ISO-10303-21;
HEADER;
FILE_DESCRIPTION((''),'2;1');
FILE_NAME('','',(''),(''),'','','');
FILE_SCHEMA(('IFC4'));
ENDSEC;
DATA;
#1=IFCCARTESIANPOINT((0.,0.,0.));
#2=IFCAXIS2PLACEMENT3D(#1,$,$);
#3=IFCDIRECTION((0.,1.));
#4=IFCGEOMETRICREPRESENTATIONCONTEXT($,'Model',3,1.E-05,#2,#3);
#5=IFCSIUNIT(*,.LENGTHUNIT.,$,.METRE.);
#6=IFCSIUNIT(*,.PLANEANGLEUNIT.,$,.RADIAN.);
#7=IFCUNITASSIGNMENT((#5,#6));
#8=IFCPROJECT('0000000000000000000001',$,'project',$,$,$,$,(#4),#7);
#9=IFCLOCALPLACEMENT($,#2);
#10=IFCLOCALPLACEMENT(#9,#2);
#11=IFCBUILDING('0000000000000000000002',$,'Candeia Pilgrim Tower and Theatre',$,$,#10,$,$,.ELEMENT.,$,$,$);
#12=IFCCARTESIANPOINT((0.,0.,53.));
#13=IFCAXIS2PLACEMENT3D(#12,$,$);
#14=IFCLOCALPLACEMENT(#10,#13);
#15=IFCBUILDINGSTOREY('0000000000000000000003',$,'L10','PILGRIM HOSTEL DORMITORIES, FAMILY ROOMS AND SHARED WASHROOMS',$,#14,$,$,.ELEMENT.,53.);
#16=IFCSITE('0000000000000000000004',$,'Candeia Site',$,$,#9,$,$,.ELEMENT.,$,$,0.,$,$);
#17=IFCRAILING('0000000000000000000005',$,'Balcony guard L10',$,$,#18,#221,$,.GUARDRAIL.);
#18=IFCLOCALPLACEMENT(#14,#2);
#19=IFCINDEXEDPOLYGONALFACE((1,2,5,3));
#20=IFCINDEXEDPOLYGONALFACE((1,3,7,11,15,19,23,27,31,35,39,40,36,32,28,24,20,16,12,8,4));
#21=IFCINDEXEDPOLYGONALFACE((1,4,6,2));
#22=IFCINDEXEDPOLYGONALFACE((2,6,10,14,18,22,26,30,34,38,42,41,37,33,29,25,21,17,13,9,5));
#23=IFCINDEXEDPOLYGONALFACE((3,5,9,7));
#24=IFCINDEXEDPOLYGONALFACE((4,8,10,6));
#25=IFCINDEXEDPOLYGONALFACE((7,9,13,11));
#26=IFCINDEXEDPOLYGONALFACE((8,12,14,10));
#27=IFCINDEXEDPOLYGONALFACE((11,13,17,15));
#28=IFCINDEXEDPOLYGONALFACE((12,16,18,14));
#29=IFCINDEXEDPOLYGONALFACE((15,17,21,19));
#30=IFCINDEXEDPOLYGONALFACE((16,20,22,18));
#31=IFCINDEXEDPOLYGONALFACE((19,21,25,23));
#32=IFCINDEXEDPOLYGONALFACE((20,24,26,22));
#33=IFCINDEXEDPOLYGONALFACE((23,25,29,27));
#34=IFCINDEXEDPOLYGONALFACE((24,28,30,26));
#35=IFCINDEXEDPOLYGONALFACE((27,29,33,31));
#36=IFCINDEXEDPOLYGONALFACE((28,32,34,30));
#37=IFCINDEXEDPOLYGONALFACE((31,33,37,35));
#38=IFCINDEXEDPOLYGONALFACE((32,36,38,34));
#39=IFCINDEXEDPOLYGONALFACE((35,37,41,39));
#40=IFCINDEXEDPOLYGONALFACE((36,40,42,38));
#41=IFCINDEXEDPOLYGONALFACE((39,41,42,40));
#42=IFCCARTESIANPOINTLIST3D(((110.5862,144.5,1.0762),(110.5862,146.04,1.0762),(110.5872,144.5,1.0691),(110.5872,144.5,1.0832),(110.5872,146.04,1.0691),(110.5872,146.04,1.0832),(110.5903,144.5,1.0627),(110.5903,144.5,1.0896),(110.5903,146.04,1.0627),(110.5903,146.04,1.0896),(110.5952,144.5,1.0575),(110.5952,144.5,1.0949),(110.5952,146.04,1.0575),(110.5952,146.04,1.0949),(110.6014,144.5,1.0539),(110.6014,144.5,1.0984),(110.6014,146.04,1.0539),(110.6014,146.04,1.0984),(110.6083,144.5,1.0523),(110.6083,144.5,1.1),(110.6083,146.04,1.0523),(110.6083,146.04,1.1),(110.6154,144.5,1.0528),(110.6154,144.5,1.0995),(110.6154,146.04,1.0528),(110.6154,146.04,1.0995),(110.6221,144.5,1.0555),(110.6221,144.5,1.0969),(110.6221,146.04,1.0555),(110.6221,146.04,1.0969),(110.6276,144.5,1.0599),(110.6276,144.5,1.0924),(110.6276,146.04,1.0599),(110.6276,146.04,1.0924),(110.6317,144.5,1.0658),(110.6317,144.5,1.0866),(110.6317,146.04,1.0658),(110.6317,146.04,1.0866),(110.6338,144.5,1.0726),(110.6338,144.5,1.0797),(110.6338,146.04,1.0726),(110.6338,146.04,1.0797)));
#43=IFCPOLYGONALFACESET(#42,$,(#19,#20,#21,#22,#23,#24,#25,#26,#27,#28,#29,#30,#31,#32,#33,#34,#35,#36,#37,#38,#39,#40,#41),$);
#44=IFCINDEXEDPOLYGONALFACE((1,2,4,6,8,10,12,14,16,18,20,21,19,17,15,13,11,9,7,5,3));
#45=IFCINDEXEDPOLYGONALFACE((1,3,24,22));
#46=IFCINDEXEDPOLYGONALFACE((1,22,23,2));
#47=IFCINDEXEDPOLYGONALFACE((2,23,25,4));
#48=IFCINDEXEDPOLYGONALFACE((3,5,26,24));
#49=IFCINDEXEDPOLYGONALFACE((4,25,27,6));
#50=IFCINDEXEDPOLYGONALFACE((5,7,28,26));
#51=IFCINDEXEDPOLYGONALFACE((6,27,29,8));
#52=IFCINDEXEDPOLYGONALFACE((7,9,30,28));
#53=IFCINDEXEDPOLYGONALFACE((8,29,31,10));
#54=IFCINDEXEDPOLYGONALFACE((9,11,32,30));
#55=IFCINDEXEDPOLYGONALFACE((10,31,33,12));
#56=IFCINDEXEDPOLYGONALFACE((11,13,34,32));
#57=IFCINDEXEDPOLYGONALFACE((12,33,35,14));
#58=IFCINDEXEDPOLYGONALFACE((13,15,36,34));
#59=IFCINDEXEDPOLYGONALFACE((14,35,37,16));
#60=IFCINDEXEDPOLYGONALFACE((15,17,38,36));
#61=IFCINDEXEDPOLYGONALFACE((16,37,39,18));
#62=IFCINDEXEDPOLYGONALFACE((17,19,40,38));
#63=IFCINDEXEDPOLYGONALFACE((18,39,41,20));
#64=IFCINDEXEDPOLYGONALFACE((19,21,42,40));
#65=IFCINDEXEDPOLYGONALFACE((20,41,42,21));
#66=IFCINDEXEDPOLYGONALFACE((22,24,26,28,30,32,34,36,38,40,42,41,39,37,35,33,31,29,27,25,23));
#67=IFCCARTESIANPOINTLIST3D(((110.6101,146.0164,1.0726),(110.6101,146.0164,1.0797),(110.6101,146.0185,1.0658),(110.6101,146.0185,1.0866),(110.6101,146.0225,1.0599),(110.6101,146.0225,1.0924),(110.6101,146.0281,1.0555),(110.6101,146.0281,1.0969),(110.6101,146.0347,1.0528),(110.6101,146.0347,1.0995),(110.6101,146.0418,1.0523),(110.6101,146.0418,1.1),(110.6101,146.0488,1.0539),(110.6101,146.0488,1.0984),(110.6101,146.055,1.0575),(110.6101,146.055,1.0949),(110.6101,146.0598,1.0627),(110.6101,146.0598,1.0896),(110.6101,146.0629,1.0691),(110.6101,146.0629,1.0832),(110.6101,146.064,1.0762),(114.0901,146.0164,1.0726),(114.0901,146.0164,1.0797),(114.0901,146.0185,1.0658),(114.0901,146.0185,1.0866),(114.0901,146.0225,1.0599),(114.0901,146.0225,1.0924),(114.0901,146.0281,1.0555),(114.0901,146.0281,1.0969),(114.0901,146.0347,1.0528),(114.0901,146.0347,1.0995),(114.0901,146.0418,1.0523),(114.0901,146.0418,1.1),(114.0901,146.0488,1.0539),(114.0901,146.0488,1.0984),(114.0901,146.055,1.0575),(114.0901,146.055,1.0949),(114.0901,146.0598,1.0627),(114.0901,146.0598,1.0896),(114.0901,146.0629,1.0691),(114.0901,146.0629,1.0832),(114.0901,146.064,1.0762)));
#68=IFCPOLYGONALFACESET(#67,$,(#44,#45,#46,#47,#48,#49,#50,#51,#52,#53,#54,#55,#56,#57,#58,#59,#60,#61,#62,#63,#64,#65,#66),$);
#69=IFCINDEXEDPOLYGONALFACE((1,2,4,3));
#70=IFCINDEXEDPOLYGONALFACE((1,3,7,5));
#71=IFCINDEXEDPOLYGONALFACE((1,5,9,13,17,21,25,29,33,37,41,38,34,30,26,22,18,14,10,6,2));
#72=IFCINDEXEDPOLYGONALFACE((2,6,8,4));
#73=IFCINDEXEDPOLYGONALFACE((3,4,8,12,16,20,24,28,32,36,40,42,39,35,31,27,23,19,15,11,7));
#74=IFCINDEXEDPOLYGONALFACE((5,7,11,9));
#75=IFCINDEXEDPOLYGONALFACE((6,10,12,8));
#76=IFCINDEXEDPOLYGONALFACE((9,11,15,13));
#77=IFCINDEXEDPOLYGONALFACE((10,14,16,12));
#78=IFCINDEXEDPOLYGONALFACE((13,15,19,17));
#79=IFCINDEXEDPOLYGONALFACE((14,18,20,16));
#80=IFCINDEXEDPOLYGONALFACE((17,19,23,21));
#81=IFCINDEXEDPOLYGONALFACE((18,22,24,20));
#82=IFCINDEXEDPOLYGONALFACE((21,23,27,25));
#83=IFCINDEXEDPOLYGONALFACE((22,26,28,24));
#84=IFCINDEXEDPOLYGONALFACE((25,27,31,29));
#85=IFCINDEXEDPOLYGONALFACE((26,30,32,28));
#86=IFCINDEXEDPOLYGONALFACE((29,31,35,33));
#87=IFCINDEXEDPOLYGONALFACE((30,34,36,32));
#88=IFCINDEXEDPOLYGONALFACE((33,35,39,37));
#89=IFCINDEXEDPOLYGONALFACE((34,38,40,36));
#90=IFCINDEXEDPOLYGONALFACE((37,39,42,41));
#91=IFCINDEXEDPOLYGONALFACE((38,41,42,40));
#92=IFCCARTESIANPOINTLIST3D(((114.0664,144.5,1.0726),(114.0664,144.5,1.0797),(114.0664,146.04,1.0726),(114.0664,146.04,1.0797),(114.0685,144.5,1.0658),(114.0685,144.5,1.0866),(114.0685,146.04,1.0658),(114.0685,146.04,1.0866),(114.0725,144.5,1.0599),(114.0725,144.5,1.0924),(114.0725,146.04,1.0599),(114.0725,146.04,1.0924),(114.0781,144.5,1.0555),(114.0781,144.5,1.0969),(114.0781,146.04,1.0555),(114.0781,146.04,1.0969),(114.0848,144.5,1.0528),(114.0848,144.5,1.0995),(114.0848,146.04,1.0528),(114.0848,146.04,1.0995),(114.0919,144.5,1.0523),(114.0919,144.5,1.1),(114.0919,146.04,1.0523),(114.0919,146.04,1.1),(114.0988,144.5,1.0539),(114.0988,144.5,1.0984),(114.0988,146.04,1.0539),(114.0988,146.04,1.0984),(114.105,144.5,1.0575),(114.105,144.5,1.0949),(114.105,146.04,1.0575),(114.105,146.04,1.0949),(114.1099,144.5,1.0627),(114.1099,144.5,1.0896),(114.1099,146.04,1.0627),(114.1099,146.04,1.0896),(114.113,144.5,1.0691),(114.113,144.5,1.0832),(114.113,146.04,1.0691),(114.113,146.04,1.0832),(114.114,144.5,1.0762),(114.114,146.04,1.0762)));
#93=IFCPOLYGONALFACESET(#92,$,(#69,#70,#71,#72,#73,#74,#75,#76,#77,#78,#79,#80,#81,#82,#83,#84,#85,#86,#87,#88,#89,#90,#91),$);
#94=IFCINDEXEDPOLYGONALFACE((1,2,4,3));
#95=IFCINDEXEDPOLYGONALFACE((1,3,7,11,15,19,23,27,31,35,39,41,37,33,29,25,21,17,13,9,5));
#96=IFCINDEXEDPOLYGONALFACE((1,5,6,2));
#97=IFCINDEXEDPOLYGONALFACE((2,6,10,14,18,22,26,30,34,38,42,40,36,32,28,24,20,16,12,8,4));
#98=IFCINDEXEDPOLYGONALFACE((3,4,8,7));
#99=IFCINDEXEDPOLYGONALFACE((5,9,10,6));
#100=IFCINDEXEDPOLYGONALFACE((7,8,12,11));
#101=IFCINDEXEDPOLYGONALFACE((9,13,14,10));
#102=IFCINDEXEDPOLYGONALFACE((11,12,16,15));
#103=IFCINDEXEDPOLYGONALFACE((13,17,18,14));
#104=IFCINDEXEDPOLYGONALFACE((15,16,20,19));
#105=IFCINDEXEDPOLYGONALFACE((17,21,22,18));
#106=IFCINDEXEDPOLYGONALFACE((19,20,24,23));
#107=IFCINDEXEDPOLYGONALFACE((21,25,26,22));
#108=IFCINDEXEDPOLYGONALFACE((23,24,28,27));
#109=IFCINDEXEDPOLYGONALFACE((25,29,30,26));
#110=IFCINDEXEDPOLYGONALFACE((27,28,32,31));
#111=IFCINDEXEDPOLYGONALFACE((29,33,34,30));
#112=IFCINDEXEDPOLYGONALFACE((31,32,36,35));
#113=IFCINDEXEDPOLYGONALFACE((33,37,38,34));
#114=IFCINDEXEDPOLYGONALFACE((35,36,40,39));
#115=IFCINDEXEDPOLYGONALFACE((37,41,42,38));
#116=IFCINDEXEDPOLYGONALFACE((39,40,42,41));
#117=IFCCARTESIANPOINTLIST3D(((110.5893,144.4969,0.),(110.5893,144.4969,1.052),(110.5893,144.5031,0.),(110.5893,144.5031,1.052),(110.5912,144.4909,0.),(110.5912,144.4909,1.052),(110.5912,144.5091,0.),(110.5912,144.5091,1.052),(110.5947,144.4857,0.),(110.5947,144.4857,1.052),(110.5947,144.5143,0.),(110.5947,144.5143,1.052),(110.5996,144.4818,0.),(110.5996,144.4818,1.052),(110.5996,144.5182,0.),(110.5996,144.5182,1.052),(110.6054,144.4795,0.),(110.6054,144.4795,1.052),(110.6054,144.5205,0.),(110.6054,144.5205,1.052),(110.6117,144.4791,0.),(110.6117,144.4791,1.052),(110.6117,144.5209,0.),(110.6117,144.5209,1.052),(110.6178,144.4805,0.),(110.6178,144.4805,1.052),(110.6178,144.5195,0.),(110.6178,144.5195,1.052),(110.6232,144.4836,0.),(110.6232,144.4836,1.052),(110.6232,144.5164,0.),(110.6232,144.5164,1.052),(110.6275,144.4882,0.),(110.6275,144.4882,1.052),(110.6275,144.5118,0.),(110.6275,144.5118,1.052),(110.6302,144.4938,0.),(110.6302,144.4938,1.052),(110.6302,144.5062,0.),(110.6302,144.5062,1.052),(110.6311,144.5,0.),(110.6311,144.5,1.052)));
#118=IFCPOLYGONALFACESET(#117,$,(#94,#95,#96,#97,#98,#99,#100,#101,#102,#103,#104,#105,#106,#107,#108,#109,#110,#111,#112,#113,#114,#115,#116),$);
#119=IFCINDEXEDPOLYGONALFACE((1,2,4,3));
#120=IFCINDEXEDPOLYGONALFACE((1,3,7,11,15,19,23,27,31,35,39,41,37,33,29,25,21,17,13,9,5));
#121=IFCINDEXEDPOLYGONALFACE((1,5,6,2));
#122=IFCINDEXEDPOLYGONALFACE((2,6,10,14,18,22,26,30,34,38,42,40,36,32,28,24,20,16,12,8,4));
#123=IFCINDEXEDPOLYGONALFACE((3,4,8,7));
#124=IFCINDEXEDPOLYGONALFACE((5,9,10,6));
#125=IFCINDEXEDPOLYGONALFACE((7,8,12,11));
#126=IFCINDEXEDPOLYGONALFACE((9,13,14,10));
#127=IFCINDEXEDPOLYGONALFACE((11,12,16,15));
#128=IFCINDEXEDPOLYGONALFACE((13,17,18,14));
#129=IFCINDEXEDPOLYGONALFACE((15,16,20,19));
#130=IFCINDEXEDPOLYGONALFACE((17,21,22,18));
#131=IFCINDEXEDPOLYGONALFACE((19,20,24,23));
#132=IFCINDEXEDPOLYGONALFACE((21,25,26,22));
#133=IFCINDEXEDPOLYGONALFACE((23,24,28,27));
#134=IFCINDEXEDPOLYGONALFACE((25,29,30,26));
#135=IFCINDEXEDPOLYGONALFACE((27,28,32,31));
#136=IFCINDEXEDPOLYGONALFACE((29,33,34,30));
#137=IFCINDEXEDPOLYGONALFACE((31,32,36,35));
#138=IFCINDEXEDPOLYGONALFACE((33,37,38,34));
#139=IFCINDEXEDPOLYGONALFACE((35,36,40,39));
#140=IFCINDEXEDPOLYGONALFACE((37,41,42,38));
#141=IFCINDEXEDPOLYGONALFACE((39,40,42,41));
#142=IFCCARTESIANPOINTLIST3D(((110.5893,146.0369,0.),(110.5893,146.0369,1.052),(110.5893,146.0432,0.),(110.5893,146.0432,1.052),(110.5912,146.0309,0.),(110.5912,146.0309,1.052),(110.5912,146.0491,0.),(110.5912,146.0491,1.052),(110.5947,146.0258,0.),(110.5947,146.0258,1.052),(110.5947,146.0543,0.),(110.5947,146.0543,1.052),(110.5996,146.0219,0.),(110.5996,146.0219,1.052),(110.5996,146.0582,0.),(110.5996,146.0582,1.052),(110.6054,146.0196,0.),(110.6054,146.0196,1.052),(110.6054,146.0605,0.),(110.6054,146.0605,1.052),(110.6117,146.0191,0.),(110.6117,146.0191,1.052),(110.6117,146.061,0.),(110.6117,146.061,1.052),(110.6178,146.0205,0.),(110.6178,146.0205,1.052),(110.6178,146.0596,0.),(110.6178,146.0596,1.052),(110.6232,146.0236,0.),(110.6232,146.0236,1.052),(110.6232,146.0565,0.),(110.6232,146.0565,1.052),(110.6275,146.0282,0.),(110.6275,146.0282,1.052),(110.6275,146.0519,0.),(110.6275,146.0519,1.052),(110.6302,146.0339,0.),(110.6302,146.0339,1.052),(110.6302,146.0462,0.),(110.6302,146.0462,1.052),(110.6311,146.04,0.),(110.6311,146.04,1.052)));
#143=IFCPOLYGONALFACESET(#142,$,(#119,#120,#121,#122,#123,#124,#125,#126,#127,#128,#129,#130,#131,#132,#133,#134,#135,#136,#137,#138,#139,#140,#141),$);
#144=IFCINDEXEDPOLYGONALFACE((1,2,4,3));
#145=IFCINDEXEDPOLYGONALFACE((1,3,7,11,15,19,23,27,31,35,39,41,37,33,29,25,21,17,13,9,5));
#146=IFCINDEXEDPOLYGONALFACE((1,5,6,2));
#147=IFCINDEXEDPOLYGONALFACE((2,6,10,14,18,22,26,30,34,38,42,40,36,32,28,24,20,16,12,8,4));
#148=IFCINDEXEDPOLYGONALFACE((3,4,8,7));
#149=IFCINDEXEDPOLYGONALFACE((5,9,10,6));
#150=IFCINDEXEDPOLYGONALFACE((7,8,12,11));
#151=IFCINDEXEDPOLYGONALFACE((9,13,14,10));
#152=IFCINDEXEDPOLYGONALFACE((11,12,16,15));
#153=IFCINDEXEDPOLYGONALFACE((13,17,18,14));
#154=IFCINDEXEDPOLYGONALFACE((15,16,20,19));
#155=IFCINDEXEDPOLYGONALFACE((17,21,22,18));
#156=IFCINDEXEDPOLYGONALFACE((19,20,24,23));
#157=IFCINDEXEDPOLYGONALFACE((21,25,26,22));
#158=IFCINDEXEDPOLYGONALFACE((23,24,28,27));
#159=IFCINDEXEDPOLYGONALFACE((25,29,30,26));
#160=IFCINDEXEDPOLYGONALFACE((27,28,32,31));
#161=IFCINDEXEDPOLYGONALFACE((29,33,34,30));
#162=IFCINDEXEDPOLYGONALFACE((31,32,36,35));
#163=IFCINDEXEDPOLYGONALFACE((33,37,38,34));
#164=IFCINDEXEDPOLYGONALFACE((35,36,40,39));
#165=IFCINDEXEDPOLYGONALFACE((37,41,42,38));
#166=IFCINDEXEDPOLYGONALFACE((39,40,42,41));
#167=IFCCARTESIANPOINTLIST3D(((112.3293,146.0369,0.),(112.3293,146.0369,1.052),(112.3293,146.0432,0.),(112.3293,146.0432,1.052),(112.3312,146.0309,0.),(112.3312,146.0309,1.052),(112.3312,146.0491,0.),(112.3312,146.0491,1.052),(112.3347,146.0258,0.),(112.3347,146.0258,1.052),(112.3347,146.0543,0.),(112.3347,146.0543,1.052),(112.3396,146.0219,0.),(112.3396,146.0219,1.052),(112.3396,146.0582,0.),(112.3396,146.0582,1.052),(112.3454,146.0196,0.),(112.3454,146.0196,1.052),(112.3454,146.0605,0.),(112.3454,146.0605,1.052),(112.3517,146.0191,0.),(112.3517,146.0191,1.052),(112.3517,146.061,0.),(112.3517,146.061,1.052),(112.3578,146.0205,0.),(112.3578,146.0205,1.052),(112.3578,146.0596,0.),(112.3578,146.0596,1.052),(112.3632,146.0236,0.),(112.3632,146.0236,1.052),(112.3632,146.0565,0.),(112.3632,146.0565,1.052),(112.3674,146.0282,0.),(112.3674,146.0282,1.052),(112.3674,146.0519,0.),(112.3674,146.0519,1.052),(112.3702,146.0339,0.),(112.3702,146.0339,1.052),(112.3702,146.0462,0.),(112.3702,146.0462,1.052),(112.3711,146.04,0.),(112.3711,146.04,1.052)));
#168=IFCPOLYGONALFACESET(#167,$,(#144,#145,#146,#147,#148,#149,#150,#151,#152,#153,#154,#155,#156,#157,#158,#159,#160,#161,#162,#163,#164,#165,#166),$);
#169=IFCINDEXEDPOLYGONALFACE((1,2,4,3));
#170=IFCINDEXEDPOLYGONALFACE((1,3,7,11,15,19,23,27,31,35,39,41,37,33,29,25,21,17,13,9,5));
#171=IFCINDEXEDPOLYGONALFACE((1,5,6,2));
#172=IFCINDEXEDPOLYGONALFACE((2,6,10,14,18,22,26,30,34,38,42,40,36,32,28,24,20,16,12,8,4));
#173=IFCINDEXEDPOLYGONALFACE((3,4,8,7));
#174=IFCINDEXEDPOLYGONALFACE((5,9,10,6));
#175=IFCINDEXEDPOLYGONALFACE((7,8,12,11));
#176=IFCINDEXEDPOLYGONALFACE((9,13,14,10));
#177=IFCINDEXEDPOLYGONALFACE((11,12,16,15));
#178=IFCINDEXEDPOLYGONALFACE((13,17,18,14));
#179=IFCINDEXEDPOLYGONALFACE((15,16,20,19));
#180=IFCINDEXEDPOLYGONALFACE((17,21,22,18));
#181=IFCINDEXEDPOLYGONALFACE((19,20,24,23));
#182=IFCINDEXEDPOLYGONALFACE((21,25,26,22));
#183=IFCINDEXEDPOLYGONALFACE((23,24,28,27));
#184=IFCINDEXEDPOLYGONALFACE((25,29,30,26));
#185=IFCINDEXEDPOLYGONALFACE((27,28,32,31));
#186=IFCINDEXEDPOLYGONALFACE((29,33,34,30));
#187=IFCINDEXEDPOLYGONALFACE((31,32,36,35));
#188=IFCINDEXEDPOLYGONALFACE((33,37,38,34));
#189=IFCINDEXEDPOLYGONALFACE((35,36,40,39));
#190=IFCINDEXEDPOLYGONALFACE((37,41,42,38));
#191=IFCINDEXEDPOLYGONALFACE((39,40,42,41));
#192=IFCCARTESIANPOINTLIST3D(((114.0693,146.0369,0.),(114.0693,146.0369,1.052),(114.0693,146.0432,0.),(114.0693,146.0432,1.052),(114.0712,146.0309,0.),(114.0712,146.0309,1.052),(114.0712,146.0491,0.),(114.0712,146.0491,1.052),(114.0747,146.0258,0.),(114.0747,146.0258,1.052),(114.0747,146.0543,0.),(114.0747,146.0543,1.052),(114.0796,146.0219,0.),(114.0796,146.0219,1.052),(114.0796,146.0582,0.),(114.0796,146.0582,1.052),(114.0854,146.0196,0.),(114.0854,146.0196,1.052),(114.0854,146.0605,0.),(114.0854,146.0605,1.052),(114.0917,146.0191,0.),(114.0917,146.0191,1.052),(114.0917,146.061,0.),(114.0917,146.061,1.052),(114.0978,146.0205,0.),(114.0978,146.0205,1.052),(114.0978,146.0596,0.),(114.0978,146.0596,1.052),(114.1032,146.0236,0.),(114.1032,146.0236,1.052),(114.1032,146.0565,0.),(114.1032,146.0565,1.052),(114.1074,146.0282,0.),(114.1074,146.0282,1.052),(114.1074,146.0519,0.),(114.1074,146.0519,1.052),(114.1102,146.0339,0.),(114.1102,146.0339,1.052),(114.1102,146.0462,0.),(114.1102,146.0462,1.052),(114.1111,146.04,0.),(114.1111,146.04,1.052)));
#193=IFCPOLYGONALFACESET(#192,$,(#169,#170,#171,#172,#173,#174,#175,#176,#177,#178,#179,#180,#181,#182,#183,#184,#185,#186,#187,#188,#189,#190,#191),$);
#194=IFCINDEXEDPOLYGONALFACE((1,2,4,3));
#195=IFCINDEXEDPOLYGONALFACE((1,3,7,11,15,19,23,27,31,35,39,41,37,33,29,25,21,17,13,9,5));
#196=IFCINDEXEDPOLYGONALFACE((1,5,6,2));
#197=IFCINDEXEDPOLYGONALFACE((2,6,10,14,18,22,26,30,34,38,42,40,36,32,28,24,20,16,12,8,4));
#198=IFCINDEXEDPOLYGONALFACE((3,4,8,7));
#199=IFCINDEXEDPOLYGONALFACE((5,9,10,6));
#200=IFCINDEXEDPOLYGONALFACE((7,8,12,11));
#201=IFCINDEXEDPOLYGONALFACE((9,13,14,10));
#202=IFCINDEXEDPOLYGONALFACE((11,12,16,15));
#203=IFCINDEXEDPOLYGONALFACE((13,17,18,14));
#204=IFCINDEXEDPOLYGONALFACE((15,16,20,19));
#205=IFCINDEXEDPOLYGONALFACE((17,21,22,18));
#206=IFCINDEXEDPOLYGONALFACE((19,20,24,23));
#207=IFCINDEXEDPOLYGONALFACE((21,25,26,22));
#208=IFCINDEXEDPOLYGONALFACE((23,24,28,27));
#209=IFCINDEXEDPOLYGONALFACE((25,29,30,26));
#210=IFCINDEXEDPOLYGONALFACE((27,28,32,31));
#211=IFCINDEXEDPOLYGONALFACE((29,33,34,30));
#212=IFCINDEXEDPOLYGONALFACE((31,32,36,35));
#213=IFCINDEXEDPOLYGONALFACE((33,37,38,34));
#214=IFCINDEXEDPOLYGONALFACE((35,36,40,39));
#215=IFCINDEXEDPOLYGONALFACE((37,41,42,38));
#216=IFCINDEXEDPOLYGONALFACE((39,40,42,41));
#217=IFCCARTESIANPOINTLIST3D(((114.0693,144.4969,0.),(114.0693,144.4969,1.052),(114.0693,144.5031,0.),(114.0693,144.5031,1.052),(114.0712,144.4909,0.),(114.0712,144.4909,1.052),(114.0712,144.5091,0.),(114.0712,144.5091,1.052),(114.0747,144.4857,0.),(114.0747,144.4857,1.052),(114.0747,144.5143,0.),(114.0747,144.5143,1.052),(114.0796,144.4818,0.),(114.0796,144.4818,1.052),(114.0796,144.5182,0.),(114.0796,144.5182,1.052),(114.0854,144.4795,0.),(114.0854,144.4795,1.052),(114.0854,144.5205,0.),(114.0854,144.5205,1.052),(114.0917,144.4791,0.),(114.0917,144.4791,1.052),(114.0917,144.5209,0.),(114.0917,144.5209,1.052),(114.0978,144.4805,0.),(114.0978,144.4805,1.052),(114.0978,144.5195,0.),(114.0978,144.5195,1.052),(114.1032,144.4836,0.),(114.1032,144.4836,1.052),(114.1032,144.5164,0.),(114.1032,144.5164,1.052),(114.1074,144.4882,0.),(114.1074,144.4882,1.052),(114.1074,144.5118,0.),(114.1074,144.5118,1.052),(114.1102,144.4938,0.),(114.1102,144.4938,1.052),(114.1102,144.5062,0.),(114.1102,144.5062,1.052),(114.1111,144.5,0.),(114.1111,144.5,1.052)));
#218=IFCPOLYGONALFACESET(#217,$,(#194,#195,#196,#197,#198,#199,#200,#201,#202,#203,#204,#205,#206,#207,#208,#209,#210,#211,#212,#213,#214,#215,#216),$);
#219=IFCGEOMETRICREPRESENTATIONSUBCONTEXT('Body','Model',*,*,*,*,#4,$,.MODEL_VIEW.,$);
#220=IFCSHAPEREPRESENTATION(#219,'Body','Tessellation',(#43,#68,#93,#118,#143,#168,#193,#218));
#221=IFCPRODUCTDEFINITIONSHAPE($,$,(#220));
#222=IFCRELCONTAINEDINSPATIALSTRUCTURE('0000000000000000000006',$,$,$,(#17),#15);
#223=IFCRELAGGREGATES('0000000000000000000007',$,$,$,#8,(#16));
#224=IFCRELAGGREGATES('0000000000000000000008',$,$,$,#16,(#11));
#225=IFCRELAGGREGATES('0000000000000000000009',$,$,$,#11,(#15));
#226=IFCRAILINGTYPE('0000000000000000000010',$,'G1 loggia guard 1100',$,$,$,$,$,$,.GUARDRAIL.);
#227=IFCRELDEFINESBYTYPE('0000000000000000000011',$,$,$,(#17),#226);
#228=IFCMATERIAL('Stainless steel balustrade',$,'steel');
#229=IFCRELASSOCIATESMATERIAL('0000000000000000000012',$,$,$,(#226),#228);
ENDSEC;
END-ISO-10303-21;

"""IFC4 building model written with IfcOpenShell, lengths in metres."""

from ifc_helpers import new_model, si_unit, direction, frame, origin, origin_2d, place, context, subcontext, project, spatial, circle, extrude, material, type_object, element, save


model = new_model("IFC4")

# Units and contexts
model_context = context("Model", 3, precision=1e-05, world=origin(), true_north=direction((0.0, 1.0)))
body_context = subcontext(model_context, "Body", "Model", "MODEL_VIEW")
ifc_project = project(units=[si_unit("LENGTHUNIT", "METRE"), si_unit("PLANEANGLEUNIT", "RADIAN")], contexts=[model_context])

# Site, building, storey
site_placement = place(None, origin())
site = spatial("IfcSite", under=ifc_project, at=site_placement, Name="Candeia Site", CompositionType="ELEMENT", RefElevation=0.0)
building_placement = place(site_placement, origin())
building = spatial("IfcBuilding", under=site, at=building_placement, Name="Candeia Pilgrim Tower and Theatre", CompositionType="ELEMENT")
storey_placement = place(building_placement, frame((0.0, 0.0, 53.0)))
storey = spatial("IfcBuildingStorey", under=building, at=storey_placement, Name="L10", Description="PILGRIM HOSTEL DORMITORIES, FAMILY ROOMS AND SHARED WASHROOMS", CompositionType="ELEMENT", Elevation=53.0)

# Railing
ifc_material_1 = material(Name="Stainless steel balustrade", Category="steel")
railing_type = type_object("IfcRailingType", Name="G1 loggia guard 1100", PredefinedType="GUARDRAIL", material=ifc_material_1)
railing_1_placement = place(storey_placement, frame((110.6101, 144.5, 0.0)))
element("IfcRailing", 1, at=railing_1_placement, inside=storey, type_object=railing_type, Name="Balcony guard L10", PredefinedType="GUARDRAIL", context=body_context, shape_type="SweptSolid", body=[
    extrude(circle(Radius=0.0239, at=origin_2d()), frame((0.0, 0.0, 1.0762), z_axis=(0.0, 1.0, 0.0), x_axis=(-1.0, 0.0, 0.0)), (0.0, 0.0, 1.0), 1.54),
    extrude(circle(Radius=0.0239, at=origin_2d()), frame((0.0, 1.54, 1.0762), z_axis=(1.0, 0.0, 0.0), x_axis=(0.0, 1.0, 0.0)), (0.0, 0.0, 1.0), 3.48),
    extrude(circle(Radius=0.0239, at=origin_2d()), frame((3.48, 1.54, 1.0762), z_axis=(0.0, -1.0, 0.0), x_axis=(1.0, 0.0, 0.0)), (0.0, 0.0, 1.0), 1.54),
    extrude(circle(Radius=0.021, at=origin_2d()), origin(), (0.0, 0.0, 1.0), 1.052),
    extrude(circle(Radius=0.021, at=origin_2d()), frame((0.0, 1.54, 0.0)), (0.0, 0.0, 1.0), 1.052),
    extrude(circle(Radius=0.021, at=origin_2d()), frame((1.74, 1.54, 0.0)), (0.0, 0.0, 1.0), 1.052),
    extrude(circle(Radius=0.021, at=origin_2d()), frame((3.48, 1.54, 0.0)), (0.0, 0.0, 1.0), 1.052),
    extrude(circle(Radius=0.021, at=origin_2d()), frame((3.48, 0.0, 0.0)), (0.0, 0.0, 1.0), 1.052),
])

save(model, "model.ifc")
